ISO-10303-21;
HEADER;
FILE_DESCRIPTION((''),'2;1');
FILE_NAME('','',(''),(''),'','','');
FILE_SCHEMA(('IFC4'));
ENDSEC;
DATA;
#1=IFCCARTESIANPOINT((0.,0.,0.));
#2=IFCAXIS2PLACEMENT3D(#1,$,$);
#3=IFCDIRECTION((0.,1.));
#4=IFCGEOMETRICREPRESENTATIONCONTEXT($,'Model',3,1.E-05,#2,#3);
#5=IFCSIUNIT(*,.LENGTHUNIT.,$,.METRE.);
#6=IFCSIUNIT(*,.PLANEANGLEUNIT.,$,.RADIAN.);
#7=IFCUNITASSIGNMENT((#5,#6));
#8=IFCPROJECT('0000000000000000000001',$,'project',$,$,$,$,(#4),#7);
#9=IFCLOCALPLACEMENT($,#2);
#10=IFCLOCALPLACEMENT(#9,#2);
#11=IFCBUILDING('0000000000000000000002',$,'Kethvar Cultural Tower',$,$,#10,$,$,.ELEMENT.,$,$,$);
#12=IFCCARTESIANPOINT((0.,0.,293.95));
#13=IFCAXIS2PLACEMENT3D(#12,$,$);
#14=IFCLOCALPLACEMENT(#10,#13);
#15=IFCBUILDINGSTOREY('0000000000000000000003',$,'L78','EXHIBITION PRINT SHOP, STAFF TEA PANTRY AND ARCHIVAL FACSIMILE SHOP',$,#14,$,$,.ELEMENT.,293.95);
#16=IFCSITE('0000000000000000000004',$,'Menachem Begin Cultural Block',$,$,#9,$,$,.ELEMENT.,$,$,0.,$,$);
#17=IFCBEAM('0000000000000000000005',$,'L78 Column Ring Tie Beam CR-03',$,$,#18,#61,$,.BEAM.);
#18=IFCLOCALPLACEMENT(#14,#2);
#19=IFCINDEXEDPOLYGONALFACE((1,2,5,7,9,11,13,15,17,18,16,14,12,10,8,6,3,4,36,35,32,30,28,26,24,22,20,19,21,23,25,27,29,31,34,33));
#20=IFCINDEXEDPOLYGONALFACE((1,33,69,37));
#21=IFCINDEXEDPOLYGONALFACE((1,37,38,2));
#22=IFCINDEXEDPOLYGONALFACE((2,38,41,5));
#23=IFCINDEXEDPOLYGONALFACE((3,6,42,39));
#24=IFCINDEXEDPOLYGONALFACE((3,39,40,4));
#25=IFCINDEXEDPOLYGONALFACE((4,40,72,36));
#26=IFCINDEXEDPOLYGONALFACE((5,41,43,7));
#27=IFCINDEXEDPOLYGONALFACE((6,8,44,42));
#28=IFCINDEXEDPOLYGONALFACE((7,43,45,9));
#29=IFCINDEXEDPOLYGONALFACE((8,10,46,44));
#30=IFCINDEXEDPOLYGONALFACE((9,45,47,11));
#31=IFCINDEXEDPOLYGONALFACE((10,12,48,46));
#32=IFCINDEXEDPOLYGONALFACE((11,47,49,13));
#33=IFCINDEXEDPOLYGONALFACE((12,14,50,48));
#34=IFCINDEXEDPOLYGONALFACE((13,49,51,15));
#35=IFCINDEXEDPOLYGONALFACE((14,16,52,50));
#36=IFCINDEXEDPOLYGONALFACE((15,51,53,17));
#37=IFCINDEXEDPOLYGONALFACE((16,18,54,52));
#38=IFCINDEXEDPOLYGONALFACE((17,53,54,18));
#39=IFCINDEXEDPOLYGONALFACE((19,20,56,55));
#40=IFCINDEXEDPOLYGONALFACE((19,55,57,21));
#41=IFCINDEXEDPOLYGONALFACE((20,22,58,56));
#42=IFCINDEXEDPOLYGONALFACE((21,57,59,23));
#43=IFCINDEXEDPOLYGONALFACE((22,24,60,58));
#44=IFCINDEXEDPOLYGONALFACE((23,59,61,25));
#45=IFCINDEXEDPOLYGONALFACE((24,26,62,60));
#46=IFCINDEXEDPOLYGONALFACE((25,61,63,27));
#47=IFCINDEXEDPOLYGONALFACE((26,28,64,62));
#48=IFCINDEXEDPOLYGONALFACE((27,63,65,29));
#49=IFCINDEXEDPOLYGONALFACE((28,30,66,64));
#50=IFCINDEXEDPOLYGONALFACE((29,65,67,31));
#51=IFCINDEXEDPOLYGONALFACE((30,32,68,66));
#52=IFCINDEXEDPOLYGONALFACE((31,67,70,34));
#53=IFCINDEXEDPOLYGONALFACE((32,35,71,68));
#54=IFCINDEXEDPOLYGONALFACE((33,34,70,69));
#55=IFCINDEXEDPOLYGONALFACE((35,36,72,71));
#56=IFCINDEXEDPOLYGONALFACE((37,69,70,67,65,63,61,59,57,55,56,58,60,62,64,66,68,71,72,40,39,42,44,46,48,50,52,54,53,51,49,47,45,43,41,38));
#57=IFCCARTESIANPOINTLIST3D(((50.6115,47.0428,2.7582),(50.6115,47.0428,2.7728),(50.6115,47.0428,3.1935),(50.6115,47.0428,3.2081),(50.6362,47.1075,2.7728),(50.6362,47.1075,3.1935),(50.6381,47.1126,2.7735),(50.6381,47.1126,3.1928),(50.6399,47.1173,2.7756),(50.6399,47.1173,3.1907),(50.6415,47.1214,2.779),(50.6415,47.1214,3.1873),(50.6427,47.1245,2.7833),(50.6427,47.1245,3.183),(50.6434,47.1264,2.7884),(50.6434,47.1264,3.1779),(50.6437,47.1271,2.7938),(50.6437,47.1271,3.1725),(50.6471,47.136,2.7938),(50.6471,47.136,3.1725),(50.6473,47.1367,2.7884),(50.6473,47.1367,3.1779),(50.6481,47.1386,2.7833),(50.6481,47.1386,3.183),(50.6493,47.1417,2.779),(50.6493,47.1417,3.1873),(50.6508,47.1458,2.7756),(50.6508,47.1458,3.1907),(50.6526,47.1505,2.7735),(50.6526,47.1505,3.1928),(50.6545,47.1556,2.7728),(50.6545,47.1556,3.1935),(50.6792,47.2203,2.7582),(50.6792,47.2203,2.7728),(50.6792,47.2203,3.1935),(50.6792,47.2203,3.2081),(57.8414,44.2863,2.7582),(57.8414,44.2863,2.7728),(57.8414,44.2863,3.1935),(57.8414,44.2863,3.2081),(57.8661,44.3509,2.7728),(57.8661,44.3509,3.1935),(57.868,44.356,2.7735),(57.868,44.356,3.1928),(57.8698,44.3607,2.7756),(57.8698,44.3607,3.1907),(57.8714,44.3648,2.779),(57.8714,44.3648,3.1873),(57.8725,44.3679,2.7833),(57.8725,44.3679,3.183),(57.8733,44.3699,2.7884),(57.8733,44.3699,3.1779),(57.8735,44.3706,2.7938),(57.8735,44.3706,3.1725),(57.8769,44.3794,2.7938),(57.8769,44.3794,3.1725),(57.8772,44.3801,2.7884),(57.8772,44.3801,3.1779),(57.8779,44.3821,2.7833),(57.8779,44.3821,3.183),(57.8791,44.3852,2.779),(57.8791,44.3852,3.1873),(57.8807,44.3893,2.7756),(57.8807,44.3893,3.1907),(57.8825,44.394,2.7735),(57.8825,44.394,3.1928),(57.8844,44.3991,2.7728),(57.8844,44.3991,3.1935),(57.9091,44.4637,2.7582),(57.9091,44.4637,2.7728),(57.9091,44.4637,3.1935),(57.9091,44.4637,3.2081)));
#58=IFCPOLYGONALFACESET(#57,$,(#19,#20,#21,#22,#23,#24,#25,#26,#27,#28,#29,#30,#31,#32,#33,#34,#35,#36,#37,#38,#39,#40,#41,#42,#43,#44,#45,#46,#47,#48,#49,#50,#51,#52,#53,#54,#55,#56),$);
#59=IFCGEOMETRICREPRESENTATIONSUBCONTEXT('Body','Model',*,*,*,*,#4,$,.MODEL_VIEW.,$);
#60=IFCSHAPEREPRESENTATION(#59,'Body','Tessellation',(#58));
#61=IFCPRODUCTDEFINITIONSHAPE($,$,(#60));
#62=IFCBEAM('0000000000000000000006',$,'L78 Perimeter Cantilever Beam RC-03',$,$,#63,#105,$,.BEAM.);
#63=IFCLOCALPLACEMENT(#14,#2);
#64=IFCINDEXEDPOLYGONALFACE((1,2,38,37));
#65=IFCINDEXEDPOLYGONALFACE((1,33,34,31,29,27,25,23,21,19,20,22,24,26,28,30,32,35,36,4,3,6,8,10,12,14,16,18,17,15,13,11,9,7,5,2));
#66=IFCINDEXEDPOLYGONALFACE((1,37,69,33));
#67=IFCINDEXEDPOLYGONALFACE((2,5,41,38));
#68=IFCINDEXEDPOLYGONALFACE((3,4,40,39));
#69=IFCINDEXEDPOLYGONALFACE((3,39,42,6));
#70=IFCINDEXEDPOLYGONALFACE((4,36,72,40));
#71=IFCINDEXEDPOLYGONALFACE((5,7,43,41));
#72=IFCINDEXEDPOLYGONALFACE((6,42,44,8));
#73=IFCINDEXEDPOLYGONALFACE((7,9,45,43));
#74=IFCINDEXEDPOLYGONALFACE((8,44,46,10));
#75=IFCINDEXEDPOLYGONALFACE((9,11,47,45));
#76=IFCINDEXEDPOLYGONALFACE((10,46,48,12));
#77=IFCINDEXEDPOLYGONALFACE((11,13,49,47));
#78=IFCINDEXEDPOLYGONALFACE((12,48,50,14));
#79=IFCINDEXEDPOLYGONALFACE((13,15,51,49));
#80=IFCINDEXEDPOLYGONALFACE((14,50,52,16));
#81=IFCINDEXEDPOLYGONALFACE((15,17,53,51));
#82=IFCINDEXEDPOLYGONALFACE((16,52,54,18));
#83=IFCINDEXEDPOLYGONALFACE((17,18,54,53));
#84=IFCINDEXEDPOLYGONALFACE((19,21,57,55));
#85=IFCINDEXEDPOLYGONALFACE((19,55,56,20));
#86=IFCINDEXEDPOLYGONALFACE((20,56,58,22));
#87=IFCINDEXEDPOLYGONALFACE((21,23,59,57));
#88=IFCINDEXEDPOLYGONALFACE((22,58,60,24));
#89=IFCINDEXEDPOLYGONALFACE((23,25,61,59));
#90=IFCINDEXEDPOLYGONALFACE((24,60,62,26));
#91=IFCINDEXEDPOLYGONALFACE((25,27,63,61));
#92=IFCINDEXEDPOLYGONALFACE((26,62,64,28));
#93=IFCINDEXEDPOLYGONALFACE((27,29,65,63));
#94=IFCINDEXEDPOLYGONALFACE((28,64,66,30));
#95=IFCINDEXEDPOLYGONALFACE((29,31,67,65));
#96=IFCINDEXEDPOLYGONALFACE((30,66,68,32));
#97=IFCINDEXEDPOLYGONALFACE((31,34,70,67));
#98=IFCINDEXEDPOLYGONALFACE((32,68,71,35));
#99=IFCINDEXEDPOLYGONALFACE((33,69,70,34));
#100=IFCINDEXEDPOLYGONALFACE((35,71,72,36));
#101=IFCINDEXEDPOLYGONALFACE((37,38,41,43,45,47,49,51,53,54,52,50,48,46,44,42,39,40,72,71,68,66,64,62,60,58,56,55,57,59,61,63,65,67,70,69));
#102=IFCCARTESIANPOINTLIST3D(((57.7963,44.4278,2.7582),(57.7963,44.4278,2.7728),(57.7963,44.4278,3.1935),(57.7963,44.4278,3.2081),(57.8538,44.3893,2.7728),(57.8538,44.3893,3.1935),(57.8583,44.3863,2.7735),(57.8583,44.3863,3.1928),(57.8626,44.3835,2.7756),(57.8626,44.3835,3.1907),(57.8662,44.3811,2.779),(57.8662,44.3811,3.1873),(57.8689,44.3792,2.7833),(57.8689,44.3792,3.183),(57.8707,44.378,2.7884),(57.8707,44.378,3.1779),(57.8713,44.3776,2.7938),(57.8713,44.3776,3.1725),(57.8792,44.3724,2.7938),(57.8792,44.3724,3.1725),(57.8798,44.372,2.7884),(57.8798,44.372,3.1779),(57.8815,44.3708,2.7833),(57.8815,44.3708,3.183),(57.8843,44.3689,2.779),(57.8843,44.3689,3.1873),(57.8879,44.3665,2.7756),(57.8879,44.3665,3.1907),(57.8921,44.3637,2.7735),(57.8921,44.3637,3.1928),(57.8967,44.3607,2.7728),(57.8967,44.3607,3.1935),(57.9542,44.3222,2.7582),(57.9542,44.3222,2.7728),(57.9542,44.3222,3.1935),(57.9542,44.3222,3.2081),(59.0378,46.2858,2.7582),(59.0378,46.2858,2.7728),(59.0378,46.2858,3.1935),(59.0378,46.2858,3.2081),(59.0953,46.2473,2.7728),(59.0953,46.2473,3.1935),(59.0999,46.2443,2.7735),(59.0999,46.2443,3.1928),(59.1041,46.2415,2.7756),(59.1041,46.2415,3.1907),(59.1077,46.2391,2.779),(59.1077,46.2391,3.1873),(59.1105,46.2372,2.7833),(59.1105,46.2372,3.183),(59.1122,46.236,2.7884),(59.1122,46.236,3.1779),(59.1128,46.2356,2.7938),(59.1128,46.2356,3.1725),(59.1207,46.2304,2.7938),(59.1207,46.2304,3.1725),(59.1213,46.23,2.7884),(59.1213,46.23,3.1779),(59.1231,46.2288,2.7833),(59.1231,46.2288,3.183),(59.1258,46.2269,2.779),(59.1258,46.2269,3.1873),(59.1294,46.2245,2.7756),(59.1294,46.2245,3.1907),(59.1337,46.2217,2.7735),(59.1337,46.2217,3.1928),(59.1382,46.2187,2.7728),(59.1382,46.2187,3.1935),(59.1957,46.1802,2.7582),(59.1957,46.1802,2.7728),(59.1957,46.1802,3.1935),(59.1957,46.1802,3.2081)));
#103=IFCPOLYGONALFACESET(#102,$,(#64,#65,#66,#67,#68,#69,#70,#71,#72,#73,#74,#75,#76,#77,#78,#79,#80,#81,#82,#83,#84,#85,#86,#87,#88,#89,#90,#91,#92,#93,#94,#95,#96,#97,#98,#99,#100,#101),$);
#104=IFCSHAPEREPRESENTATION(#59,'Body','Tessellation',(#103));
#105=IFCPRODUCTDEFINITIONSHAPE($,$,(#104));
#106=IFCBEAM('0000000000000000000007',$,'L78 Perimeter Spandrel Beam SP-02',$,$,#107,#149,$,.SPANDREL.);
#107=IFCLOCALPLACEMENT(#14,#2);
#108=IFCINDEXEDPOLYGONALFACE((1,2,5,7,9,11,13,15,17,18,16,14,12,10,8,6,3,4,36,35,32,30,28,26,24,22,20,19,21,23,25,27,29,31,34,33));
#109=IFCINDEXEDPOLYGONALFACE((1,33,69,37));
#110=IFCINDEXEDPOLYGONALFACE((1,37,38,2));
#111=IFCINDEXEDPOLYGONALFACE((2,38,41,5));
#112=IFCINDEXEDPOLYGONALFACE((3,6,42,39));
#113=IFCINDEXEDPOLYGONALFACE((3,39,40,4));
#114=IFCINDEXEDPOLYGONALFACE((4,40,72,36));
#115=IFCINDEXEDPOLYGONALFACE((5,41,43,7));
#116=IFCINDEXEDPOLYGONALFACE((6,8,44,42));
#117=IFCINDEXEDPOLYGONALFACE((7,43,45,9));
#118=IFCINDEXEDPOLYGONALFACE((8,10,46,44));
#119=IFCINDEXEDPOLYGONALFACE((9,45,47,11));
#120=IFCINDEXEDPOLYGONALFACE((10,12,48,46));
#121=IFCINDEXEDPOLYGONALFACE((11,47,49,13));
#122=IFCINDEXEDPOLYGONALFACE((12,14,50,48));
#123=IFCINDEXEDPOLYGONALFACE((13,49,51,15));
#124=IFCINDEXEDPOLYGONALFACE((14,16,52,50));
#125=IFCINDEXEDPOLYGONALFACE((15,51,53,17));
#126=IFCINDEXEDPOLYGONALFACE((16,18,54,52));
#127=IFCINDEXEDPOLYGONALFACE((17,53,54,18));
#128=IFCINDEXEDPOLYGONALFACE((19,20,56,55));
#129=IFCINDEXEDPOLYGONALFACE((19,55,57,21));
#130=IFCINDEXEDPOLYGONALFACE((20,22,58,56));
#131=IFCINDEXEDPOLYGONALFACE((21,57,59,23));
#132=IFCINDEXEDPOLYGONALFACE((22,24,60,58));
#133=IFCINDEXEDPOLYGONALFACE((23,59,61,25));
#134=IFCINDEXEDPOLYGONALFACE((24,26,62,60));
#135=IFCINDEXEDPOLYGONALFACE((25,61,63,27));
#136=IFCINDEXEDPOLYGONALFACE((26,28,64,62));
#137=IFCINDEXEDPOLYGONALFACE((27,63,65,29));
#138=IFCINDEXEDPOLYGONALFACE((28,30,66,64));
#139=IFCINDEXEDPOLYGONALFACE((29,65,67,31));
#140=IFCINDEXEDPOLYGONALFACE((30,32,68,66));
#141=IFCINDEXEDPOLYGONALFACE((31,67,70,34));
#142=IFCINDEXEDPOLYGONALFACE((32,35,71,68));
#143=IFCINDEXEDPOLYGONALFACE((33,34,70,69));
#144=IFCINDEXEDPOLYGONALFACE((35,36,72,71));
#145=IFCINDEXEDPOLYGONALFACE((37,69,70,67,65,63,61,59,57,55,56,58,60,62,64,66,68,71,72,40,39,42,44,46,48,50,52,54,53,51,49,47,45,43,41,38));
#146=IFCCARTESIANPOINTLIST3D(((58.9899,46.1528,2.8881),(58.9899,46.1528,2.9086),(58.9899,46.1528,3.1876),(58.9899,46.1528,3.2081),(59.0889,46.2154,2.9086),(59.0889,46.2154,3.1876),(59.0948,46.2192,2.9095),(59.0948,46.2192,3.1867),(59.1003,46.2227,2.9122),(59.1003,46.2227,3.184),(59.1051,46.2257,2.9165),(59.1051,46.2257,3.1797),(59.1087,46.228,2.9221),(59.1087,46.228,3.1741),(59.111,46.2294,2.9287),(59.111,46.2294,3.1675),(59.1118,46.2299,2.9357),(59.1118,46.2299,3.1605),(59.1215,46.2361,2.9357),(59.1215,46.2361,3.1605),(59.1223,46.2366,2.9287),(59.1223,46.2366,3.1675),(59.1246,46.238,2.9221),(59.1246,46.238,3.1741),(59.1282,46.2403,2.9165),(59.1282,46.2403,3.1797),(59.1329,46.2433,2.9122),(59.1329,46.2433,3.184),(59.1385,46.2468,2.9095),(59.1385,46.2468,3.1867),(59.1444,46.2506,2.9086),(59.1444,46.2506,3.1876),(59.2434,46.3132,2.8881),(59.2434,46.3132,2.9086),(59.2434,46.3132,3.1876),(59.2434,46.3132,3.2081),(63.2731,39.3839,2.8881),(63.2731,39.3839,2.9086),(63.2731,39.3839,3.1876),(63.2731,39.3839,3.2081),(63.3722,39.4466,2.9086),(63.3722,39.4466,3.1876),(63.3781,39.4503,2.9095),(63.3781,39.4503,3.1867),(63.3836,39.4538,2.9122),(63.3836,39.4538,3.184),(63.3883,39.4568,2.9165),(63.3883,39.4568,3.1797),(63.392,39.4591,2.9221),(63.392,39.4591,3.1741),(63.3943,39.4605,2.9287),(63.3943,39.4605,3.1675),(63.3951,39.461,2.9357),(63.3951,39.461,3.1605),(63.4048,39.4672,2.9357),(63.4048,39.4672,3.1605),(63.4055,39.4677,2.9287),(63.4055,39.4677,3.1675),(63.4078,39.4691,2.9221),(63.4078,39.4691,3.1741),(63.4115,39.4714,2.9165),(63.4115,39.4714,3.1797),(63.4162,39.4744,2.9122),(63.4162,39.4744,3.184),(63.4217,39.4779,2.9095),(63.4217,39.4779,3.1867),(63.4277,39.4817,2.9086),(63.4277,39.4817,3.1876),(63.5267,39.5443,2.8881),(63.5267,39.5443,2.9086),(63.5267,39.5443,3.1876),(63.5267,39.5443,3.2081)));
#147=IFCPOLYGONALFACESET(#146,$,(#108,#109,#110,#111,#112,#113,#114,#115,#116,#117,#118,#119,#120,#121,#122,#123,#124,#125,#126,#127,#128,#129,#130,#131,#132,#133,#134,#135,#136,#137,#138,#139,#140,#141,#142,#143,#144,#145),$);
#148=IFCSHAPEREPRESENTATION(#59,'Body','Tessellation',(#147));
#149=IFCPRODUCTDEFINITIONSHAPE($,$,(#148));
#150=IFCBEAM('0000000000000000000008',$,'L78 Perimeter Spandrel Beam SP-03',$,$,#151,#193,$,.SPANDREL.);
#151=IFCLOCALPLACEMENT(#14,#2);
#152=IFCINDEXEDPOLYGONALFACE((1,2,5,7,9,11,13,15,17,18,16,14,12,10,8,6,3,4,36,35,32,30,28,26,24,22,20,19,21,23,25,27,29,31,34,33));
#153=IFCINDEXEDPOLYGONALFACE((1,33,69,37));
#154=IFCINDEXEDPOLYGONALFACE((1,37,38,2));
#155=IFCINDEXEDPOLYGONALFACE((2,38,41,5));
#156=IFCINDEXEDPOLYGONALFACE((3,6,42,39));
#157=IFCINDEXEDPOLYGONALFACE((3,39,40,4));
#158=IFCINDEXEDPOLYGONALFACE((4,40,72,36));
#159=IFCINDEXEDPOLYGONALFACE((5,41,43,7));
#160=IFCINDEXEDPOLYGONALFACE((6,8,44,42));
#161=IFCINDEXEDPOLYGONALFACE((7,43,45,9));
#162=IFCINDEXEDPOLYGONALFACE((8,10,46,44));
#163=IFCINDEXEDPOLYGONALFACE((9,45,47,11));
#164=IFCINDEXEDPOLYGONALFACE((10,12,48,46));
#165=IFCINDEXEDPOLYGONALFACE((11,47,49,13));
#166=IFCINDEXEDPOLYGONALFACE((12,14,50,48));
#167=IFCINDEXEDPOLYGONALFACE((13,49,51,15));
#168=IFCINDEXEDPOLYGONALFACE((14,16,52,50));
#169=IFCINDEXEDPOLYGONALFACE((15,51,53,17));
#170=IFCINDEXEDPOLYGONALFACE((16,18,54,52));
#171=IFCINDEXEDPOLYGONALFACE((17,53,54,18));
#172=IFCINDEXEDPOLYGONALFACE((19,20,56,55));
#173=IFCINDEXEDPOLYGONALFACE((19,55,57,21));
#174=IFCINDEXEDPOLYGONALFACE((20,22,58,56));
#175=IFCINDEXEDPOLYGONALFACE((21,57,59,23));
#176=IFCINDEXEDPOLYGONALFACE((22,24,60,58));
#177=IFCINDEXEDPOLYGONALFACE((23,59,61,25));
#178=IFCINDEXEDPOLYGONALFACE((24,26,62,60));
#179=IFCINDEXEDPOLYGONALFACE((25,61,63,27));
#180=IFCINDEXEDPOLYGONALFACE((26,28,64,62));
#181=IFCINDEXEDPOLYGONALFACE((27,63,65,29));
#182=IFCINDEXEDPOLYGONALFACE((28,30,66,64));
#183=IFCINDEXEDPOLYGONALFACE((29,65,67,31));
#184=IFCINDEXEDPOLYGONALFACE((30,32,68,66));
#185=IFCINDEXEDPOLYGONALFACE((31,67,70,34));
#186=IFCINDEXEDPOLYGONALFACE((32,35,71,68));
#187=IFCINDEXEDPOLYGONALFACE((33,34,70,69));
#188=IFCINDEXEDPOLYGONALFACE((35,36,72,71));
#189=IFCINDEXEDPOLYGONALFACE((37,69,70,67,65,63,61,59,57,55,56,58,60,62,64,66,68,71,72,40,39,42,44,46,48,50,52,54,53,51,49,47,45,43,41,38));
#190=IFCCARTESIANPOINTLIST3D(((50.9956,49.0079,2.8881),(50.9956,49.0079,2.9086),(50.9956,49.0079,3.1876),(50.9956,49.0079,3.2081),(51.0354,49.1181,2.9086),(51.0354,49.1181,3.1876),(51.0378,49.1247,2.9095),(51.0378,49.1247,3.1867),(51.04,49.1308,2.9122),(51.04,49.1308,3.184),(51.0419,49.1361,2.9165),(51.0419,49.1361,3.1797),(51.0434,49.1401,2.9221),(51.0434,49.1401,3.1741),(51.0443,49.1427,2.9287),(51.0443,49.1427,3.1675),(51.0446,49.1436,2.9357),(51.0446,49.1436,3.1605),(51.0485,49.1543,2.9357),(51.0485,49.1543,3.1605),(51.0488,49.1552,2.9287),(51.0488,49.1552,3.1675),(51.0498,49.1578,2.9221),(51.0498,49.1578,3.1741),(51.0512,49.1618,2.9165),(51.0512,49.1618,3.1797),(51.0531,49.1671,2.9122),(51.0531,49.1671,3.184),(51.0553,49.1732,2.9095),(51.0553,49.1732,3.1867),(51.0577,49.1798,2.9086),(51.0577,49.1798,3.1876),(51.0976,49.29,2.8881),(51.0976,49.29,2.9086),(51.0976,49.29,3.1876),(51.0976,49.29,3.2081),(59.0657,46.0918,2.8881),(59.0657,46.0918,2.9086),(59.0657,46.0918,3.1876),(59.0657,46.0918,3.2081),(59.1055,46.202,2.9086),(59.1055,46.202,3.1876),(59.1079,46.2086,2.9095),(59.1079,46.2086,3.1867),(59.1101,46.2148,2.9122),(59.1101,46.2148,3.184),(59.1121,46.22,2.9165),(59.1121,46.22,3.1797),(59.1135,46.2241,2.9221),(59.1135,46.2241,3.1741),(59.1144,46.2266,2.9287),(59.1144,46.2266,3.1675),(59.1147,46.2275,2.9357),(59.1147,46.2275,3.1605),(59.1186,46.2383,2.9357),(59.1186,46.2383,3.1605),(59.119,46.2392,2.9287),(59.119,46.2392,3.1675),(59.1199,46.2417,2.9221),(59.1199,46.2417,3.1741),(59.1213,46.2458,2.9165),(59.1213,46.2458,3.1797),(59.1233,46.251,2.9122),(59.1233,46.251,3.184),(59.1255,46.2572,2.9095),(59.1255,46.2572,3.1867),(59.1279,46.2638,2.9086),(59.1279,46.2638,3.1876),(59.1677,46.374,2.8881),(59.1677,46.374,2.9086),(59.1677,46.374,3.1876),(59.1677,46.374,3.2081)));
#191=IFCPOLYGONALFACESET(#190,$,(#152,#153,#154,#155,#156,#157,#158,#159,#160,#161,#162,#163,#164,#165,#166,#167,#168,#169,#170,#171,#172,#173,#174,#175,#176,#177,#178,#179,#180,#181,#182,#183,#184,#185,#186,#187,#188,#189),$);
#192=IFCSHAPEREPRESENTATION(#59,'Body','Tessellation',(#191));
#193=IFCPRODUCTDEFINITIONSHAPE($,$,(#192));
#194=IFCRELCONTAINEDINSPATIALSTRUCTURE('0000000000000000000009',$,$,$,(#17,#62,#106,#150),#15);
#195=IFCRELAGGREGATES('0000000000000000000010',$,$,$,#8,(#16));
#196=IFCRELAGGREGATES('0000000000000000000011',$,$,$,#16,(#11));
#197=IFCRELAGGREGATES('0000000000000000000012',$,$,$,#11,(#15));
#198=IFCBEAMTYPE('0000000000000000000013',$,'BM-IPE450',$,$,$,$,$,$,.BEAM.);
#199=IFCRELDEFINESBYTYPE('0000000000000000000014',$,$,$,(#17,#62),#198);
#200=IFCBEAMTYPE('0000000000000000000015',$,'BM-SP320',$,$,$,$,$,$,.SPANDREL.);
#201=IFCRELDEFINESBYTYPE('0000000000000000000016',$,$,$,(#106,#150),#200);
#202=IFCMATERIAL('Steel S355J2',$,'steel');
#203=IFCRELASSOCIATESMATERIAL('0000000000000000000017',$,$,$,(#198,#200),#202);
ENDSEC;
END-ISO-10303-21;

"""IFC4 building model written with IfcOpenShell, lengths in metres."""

from ifc_helpers import new_model, si_unit, direction, frame, origin, origin_2d, place, context, subcontext, project, spatial, i_section, extrude, source, transform, mapped, material, material_profile, profile_set, type_object, element, save


model = new_model("IFC4")

# Units and contexts
model_context = context("Model", 3, precision=1e-05, world=origin(), true_north=direction((0.0, 1.0)))
body_context = subcontext(model_context, "Body", "Model", "MODEL_VIEW")
ifc_project = project(units=[si_unit("LENGTHUNIT", "METRE"), si_unit("PLANEANGLEUNIT", "RADIAN")], contexts=[model_context])

# Site, building, storey
site_placement = place(None, origin())
site = spatial("IfcSite", under=ifc_project, at=site_placement, Name="Menachem Begin Cultural Block", CompositionType="ELEMENT", RefElevation=0.0)
building_placement = place(site_placement, origin())
building = spatial("IfcBuilding", under=site, at=building_placement, Name="Kethvar Cultural Tower", CompositionType="ELEMENT")
storey_placement = place(building_placement, frame((0.0, 0.0, 293.95)))
storey = spatial("IfcBuildingStorey", under=building, at=storey_placement, Name="L78", Description="EXHIBITION PRINT SHOP, STAFF TEA PANTRY AND ARCHIVAL FACSIMILE SHOP", CompositionType="ELEMENT", Elevation=293.95)

# Beams
ifc_material_1 = material(Name="Steel S355J2", Category="steel")
ifc_material_profile_1 = material_profile(ifc_material_1, i_section(OverallWidth=0.1899, OverallDepth=0.45, WebThickness=0.0095, FlangeThickness=0.0146, FilletRadius=0.021, at=origin_2d()), Name="Steel S355J2 — IPE450")
ifc_profile_set_1 = profile_set([ifc_material_profile_1], Name="Steel S355J2 — IPE450")
beam_type_1 = type_object("IfcBeamType", Name="BM-IPE450", PredefinedType="BEAM", material=ifc_profile_set_1)
shared_shape_1 = source(origin(), body_context, "Body", "SweptSolid", [
    extrude(i_section(OverallWidth=0.1899, OverallDepth=0.45, WebThickness=0.0095, FlangeThickness=0.0146, FilletRadius=0.021, at=origin_2d()), origin(), (0.0, 0.0, 1.0), 7.7375),
])
beam_1_placement = place(storey_placement, frame((57.8752, 44.375, 2.9832), z_axis=(-0.934388, 0.356256, 0.0), x_axis=(-0.356256, -0.934388, 0.0)))
element("IfcBeam", 1, at=beam_1_placement, inside=storey, type_object=beam_type_1, Name="L78 Column Ring Tie Beam CR-03", PredefinedType="BEAM", context=body_context, shape_type="MappedRepresentation", body=[
    mapped(shared_shape_1, transform((0.0, 0.0, 0.0), scale=1.0)),
])
shared_shape_2 = source(origin(), body_context, "Body", "SweptSolid", [
    extrude(i_section(OverallWidth=0.1899, OverallDepth=0.45, WebThickness=0.0095, FlangeThickness=0.0146, FilletRadius=0.021, at=origin_2d()), origin(), (0.0, 0.0, 1.0), 2.2346),
])
beam_2_placement = place(storey_placement, frame((57.8752, 44.375, 2.9832), z_axis=(0.555582, 0.831462, 0.0), x_axis=(-0.831462, 0.555582, 0.0)))
element("IfcBeam", 2, at=beam_2_placement, inside=storey, type_object=beam_type_1, Name="L78 Perimeter Cantilever Beam RC-03", PredefinedType="BEAM", context=body_context, shape_type="MappedRepresentation", body=[
    mapped(shared_shape_2, transform((0.0, 0.0, 0.0), scale=1.0)),
])
ifc_material_profile_2 = material_profile(ifc_material_1, i_section(OverallWidth=0.3, OverallDepth=0.3201, WebThickness=0.0115, FlangeThickness=0.0205, FilletRadius=0.0271, at=origin_2d()), Name="Steel S355J2 — HEB320")
ifc_profile_set_2 = profile_set([ifc_material_profile_2], Name="Steel S355J2 — HEB320")
beam_type_2 = type_object("IfcBeamType", Name="BM-SP320", PredefinedType="SPANDREL", material=ifc_profile_set_2)
shared_shape_3 = source(origin(), body_context, "Body", "SweptSolid", [
    extrude(i_section(OverallWidth=0.3, OverallDepth=0.3201, WebThickness=0.0115, FlangeThickness=0.0205, FilletRadius=0.0271, at=origin_2d()), origin(), (0.0, 0.0, 1.0), 8.0103),
])
beam_3_placement = place(storey_placement, frame((63.3999, 39.4641, 3.0481), z_axis=(-0.534722, 0.845028, 0.0), x_axis=(-0.845028, -0.534722, 0.0)))
element("IfcBeam", 3, at=beam_3_placement, inside=storey, type_object=beam_type_2, Name="L78 Perimeter Spandrel Beam SP-02", PredefinedType="SPANDREL", context=body_context, shape_type="MappedRepresentation", body=[
    mapped(shared_shape_3, transform((0.0, 0.0, 0.0), scale=1.0)),
])
shared_shape_4 = source(origin(), body_context, "Body", "SweptSolid", [
    extrude(i_section(OverallWidth=0.3, OverallDepth=0.3201, WebThickness=0.0115, FlangeThickness=0.0205, FilletRadius=0.0271, at=origin_2d()), origin(), (0.0, 0.0, 1.0), 8.5808),
])
beam_4_placement = place(storey_placement, frame((59.1167, 46.2329, 3.0481), z_axis=(-0.940486, 0.339833, 0.0), x_axis=(-0.339833, -0.940486, 0.0)))
element("IfcBeam", 4, at=beam_4_placement, inside=storey, type_object=beam_type_2, Name="L78 Perimeter Spandrel Beam SP-03", PredefinedType="SPANDREL", context=body_context, shape_type="MappedRepresentation", body=[
    mapped(shared_shape_4, transform((0.0, 0.0, 0.0), scale=1.0)),
])

save(model, "model.ifc")
